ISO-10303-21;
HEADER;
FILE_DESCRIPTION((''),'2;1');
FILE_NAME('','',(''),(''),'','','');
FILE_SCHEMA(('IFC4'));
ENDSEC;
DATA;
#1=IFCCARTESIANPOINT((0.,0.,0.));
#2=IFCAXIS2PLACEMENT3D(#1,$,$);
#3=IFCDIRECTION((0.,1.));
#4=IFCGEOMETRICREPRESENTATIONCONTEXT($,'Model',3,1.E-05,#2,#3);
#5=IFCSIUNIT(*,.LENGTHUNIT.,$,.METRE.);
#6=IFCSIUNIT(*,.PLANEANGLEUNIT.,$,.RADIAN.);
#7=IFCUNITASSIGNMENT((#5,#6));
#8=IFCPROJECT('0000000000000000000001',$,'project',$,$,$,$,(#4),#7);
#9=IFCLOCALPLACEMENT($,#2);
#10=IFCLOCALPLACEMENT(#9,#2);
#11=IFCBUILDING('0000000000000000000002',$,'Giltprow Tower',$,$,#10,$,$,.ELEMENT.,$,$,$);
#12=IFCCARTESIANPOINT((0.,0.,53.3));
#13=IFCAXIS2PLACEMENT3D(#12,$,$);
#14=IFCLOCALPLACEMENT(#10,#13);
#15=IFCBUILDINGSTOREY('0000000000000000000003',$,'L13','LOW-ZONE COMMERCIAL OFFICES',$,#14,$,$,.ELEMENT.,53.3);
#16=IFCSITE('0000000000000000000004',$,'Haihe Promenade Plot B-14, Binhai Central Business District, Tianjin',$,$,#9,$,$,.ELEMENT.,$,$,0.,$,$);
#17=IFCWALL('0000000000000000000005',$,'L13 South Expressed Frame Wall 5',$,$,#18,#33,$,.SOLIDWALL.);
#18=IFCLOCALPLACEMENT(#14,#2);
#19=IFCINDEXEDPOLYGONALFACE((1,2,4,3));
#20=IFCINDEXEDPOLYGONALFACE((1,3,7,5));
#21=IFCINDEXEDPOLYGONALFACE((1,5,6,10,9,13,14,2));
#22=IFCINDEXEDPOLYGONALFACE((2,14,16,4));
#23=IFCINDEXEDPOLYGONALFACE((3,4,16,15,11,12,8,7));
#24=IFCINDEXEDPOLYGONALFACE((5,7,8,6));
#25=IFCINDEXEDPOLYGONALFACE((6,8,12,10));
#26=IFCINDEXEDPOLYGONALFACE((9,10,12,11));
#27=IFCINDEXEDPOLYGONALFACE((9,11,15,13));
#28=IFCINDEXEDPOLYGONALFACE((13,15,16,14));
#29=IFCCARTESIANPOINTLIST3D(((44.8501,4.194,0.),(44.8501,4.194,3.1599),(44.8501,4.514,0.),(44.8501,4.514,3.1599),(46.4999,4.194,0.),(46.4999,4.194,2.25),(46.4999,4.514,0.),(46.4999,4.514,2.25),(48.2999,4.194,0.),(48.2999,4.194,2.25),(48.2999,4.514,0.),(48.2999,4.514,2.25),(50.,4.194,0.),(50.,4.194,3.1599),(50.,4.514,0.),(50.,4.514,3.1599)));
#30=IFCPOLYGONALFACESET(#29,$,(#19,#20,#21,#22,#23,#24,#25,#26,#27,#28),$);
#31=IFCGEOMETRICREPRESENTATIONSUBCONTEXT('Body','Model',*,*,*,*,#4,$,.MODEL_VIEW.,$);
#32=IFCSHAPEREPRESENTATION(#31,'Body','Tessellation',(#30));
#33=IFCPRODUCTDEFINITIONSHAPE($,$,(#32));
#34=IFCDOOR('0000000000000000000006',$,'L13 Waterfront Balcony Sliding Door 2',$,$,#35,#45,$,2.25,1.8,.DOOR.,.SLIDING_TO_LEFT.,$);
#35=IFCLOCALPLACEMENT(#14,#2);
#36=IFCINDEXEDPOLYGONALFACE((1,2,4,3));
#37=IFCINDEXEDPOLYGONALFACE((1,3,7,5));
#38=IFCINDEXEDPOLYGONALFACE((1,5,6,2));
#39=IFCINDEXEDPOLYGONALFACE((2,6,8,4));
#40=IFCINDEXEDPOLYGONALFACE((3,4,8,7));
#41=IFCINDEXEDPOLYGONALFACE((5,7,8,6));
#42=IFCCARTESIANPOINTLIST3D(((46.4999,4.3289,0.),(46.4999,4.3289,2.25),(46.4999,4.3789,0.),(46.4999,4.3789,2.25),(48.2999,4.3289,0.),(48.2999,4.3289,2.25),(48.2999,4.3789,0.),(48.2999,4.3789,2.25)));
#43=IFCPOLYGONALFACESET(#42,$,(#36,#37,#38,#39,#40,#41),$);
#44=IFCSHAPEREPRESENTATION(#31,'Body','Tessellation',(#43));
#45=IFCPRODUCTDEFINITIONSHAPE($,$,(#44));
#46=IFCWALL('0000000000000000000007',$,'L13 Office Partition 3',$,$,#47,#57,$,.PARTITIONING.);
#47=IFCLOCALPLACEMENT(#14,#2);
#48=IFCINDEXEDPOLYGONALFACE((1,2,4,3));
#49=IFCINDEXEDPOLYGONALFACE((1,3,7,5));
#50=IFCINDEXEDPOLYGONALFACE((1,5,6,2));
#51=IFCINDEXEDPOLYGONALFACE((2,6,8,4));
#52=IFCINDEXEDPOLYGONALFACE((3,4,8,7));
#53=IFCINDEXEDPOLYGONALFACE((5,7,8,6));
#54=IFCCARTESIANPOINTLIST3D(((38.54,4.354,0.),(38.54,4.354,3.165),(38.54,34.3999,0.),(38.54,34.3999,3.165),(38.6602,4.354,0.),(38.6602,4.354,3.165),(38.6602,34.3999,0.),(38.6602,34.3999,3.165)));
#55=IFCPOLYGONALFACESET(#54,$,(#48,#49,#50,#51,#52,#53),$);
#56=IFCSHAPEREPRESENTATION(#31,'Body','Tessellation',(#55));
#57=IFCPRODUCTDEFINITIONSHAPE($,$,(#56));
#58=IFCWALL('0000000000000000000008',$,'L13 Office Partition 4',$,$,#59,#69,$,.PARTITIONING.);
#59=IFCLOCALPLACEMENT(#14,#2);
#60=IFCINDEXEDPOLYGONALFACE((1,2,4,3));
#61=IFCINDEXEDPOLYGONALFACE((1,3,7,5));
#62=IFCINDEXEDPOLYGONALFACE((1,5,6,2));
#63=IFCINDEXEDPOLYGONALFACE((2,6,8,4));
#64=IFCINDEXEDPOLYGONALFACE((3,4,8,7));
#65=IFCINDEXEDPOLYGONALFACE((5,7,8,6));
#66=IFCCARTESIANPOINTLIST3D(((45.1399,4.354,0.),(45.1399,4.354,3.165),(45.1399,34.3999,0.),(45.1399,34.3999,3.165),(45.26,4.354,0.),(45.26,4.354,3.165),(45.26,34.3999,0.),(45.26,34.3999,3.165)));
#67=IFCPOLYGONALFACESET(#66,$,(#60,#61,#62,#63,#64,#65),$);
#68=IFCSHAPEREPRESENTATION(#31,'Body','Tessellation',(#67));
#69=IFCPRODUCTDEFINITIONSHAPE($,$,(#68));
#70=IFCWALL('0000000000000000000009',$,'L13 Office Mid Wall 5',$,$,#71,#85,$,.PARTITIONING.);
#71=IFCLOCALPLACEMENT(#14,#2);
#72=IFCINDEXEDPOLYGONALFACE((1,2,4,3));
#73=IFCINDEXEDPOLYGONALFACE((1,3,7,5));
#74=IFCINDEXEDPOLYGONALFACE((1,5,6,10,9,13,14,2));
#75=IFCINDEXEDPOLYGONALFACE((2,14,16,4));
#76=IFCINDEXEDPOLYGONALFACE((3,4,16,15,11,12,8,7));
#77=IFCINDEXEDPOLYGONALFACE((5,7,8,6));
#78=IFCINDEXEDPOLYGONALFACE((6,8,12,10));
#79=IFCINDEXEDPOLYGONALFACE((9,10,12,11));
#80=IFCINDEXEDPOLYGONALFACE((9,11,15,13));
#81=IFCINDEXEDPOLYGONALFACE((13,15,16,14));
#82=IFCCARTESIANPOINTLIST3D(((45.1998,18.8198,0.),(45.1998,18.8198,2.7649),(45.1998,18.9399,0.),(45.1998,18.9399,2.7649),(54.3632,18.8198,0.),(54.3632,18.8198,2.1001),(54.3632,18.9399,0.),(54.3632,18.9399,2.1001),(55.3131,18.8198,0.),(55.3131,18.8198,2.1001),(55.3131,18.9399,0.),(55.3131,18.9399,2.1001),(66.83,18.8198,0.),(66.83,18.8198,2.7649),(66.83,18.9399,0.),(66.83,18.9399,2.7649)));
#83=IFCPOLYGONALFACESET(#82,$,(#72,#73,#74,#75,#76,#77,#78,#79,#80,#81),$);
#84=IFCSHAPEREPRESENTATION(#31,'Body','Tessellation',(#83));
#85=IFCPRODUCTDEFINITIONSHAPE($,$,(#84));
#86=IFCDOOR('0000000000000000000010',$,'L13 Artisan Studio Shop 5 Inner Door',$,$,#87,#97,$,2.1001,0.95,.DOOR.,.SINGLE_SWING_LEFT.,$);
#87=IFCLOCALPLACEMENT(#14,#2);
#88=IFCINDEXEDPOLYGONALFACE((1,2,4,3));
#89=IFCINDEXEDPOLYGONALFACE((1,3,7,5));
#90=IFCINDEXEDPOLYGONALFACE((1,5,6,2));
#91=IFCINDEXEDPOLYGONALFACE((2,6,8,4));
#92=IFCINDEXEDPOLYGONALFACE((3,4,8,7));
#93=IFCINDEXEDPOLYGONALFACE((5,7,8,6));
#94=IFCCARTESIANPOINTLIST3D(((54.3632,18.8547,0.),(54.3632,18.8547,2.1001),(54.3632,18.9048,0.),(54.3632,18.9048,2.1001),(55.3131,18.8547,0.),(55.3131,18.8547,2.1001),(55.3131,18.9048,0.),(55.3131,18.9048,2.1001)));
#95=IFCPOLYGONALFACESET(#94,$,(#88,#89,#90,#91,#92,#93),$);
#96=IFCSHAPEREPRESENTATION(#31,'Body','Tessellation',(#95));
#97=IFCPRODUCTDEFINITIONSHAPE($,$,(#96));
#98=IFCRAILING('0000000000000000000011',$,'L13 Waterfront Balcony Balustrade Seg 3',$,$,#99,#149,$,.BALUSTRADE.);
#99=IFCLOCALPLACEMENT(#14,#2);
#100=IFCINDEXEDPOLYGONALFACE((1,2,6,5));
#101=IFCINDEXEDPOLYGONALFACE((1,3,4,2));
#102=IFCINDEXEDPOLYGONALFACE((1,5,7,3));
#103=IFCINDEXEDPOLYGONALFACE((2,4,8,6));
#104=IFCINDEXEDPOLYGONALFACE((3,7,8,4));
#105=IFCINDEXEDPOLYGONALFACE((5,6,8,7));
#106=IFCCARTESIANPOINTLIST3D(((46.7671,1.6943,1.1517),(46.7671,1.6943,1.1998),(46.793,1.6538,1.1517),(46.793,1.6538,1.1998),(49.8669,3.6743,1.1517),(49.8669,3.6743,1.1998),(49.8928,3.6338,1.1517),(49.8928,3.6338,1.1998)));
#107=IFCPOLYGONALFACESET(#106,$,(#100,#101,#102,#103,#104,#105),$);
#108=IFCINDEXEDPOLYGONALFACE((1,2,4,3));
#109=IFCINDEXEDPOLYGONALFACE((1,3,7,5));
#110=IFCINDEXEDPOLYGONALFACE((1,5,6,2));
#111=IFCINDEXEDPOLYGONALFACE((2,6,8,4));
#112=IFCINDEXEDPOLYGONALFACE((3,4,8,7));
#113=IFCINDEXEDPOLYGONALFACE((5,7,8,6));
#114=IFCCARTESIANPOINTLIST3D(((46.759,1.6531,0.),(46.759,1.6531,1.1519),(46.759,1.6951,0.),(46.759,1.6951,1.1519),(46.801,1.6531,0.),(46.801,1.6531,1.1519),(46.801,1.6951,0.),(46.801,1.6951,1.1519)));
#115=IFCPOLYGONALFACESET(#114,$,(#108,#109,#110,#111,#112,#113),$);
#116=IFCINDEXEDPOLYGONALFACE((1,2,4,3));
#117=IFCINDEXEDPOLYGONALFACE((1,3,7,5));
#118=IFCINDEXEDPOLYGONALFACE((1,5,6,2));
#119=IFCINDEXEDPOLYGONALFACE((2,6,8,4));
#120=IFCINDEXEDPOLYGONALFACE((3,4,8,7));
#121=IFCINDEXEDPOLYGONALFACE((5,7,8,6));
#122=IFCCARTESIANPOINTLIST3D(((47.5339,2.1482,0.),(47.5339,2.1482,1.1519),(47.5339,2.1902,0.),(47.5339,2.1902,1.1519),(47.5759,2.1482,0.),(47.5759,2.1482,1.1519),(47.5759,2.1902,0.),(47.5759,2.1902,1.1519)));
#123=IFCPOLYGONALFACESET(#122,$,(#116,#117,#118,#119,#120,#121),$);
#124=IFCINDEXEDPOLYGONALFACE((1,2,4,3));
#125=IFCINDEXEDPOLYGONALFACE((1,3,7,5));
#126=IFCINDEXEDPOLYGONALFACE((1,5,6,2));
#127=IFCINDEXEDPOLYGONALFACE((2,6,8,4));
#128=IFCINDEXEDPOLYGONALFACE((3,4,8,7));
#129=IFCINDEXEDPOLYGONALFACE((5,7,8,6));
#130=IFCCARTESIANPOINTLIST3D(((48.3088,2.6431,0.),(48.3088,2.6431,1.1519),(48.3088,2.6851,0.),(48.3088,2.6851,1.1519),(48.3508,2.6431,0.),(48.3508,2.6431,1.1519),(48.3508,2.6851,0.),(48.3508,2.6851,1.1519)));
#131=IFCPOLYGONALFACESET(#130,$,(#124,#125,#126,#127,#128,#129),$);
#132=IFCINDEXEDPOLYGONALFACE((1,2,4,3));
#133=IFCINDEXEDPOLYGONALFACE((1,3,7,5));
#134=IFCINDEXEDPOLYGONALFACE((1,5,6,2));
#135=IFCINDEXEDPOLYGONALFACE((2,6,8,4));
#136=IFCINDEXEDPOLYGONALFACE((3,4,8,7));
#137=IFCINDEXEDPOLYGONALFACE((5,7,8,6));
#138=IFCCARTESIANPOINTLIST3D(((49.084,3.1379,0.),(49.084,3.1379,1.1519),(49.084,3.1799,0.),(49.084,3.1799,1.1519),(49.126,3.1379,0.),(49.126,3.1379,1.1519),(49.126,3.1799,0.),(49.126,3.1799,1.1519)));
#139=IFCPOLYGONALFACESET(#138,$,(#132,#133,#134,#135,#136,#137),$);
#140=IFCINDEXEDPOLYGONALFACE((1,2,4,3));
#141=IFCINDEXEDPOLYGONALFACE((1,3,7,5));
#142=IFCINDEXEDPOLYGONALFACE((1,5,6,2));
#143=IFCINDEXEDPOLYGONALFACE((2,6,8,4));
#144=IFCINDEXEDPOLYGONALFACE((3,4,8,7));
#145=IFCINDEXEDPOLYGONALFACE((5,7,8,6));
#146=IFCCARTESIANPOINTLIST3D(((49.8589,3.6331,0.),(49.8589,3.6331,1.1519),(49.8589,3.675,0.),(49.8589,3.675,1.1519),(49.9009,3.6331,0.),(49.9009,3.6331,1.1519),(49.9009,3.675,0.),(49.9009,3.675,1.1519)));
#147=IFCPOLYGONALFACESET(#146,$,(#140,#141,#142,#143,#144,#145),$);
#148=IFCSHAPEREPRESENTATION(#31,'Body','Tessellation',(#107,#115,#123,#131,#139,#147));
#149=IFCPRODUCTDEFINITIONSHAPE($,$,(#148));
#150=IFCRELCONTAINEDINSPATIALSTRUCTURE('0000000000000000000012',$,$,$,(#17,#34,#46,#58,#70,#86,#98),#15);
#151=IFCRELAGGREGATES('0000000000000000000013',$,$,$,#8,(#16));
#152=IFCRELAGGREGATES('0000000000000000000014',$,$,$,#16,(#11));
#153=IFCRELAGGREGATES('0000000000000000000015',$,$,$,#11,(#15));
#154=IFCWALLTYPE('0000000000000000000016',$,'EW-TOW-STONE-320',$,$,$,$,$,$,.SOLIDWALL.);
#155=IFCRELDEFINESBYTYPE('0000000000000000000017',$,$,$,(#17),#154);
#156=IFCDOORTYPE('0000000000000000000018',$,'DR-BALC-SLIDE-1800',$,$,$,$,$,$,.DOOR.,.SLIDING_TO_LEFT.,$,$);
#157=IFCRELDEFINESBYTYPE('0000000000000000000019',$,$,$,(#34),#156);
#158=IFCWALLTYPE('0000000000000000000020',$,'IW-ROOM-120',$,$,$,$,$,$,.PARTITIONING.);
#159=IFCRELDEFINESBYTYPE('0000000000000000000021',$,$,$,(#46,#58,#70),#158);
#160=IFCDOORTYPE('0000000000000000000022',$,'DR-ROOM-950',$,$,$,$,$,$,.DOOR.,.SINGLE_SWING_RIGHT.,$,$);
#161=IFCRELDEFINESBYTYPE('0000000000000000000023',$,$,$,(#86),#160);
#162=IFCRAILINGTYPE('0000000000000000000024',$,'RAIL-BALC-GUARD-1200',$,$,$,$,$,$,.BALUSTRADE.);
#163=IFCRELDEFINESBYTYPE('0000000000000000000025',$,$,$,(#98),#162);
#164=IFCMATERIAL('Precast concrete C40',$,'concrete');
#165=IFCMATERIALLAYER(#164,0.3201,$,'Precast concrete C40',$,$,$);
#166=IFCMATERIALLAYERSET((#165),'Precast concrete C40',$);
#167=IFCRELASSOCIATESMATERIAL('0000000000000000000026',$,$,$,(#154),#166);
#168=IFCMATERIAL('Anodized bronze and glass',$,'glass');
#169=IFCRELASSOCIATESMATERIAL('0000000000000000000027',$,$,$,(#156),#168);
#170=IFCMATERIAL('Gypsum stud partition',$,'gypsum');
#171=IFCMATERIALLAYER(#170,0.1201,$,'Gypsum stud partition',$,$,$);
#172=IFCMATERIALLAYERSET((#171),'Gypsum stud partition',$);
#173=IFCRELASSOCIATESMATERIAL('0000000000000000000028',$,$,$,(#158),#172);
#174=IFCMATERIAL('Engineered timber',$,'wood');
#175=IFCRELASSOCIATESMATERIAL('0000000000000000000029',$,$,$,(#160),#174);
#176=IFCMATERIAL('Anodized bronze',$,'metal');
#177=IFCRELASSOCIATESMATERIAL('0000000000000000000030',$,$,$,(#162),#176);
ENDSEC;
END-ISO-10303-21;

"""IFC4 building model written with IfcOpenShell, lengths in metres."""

from ifc_helpers import new_model, si_unit, direction, frame, frame_2d, origin, origin_2d, place, context, subcontext, project, spatial, rectangle, extrude, source, transform, mapped, material, layer, layer_set, type_object, element, fill, save


model = new_model("IFC4")

# Units and contexts
model_context = context("Model", 3, precision=1e-05, world=origin(), true_north=direction((0.0, 1.0)))
body_context = subcontext(model_context, "Body", "Model", "MODEL_VIEW")
ifc_project = project(units=[si_unit("LENGTHUNIT", "METRE"), si_unit("PLANEANGLEUNIT", "RADIAN")], contexts=[model_context])

# Site, building, storey
site_placement = place(None, origin())
site = spatial("IfcSite", under=ifc_project, at=site_placement, Name="Haihe Promenade Plot B-14, Binhai Central Business District, Tianjin", CompositionType="ELEMENT", RefElevation=0.0)
building_placement = place(site_placement, origin())
building = spatial("IfcBuilding", under=site, at=building_placement, Name="Giltprow Tower", CompositionType="ELEMENT")
storey_placement = place(building_placement, frame((0.0, 0.0, 53.3)))
storey = spatial("IfcBuildingStorey", under=building, at=storey_placement, Name="L13", Description="LOW-ZONE COMMERCIAL OFFICES", CompositionType="ELEMENT", Elevation=53.3)

# Shared definitions
ifc_material_1 = material(Name="Anodized bronze", Category="metal")

# Shared definitions
ifc_material_2 = material(Name="Precast concrete C40", Category="concrete")
ifc_layer_1 = layer(ifc_material_2, 0.3201, Name="Precast concrete C40")
ifc_layer_set_1 = layer_set([ifc_layer_1], Name="Precast concrete C40")
wall_type_1 = type_object("IfcWallType", Name="EW-TOW-STONE-320", PredefinedType="SOLIDWALL", material=ifc_layer_set_1)

# Wall, opening, door
wall_1_placement = place(storey_placement, frame((44.8501, 4.354, 0.0), z_axis=(0.0, 0.0, 1.0), x_axis=(1.0, 0.0, 0.0)))
wall_1 = element("IfcWall", 1, at=wall_1_placement, inside=storey, type_object=wall_type_1, Name="L13 South Expressed Frame Wall 5", PredefinedType="SOLIDWALL", context=body_context, shape_type="SweptSolid", body=[
    extrude(rectangle(XDim=5.1499, YDim=0.3201, at=frame_2d((2.575, 0.0))), origin(), (0.0, 0.0, 1.0), 3.1599),
])
opening_1_placement = place(wall_1_placement, frame((1.6499, 0.0, 0.0)))
opening_1 = element("IfcOpeningElement", 2, at=opening_1_placement, cuts=wall_1, PredefinedType="OPENING", context=body_context, shape_type="SweptSolid", body=[
    extrude(rectangle(XDim=1.8, YDim=2.25, at=frame_2d((0.8999, 1.125))), frame((0.0, 0.1699, 0.0), z_axis=(0.0, -1.0, 0.0), x_axis=(1.0, 0.0, 0.0)), (0.0, 0.0, 1.0), 0.3401),
])
ifc_material_3 = material(Name="Anodized bronze and glass", Category="glass")
door_type_1 = type_object("IfcDoorType", Name="DR-BALC-SLIDE-1800", OperationType="SLIDING_TO_LEFT", PredefinedType="DOOR", material=ifc_material_3)
shared_shape_1 = source(origin(), body_context, "Body", "SweptSolid", [
    extrude(rectangle(XDim=1.8, YDim=2.25, at=frame_2d((0.8999, 1.125))), frame((0.0, 0.0249, 0.0), z_axis=(0.0, -1.0, 0.0), x_axis=(1.0, 0.0, 0.0)), (0.0, 0.0, 1.0), 0.05),
])
door_1_placement = place(opening_1_placement, origin())
door_1 = element("IfcDoor", 3, at=door_1_placement, inside=storey, type_object=door_type_1, Name="L13 Waterfront Balcony Sliding Door 2", OperationType="SLIDING_TO_LEFT", OverallHeight=2.25, OverallWidth=1.8, PredefinedType="DOOR", context=body_context, shape_type="MappedRepresentation", body=[
    mapped(shared_shape_1, transform((0.0, 0.0, 0.0), x_axis=(1.0, 0.0, 0.0), y_axis=(0.0, 1.0, 0.0), z_axis=(0.0, 0.0, 1.0), scale=1.0)),
])
fill(opening_1, door_1)

# Walls
ifc_material_4 = material(Name="Gypsum stud partition", Category="gypsum")
ifc_layer_2 = layer(ifc_material_4, 0.1201, Name="Gypsum stud partition")
ifc_layer_set_2 = layer_set([ifc_layer_2], Name="Gypsum stud partition")
wall_type_2 = type_object("IfcWallType", Name="IW-ROOM-120", PredefinedType="PARTITIONING", material=ifc_layer_set_2)
for number, where, z_axis, x_axis, name in (
    (4, (38.6001, 4.354, 0.0), (0.0, 0.0, 1.0), (0.0, 1.0, 0.0), "L13 Office Partition 3"),
    (5, (45.2, 4.354, 0.0), (0.0, 0.0, 1.0), (0.0, 1.0, 0.0), "L13 Office Partition 4"),
):
    element("IfcWall", number, at=place(storey_placement, frame(where, z_axis=z_axis, x_axis=x_axis)), inside=storey, type_object=wall_type_2, Name=name, PredefinedType="PARTITIONING", context=body_context, shape_type="SweptSolid", body=[
        extrude(rectangle(XDim=30.0459, YDim=0.1201, at=frame_2d((15.0229, 0.0))), origin(), (0.0, 0.0, 1.0), 3.165),
    ])

# Wall, opening, door
wall_2_placement = place(storey_placement, frame((45.2, 18.8799, 0.0), z_axis=(0.0, 0.0, 1.0), x_axis=(1.0, 0.0, 0.0)))
wall_2 = element("IfcWall", 6, at=wall_2_placement, inside=storey, type_object=wall_type_2, Name="L13 Office Mid Wall 5", PredefinedType="PARTITIONING", context=body_context, shape_type="SweptSolid", body=[
    extrude(rectangle(XDim=21.6301, YDim=0.1201, at=frame_2d((10.8149, 0.0))), origin(), (0.0, 0.0, 1.0), 2.7649),
])
opening_2_placement = place(wall_2_placement, frame((9.1631, 0.0, 0.0)))
opening_2 = element("IfcOpeningElement", 7, at=opening_2_placement, cuts=wall_2, PredefinedType="OPENING", context=body_context, shape_type="SweptSolid", body=[
    extrude(rectangle(XDim=0.95, YDim=2.1001, at=frame_2d((0.4751, 1.05))), frame((0.0, 0.0701, 0.0), z_axis=(0.0, -1.0, 0.0), x_axis=(1.0, 0.0, 0.0)), (0.0, 0.0, 1.0), 0.1401),
])
ifc_material_5 = material(Name="Engineered timber", Category="wood")
door_type_2 = type_object("IfcDoorType", Name="DR-ROOM-950", OperationType="SINGLE_SWING_RIGHT", PredefinedType="DOOR", material=ifc_material_5)
shared_shape_2 = source(origin(), body_context, "Body", "SweptSolid", [
    extrude(rectangle(XDim=0.95, YDim=2.1001, at=frame_2d((0.4751, 1.05))), frame((0.0, 0.0249, 0.0), z_axis=(0.0, -1.0, 0.0), x_axis=(1.0, 0.0, 0.0)), (0.0, 0.0, 1.0), 0.05),
])
door_2_placement = place(opening_2_placement, origin())
door_2 = element("IfcDoor", 8, at=door_2_placement, inside=storey, type_object=door_type_2, Name="L13 Artisan Studio Shop 5 Inner Door", OperationType="SINGLE_SWING_LEFT", OverallHeight=2.1001, OverallWidth=0.95, PredefinedType="DOOR", context=body_context, shape_type="MappedRepresentation", body=[
    mapped(shared_shape_2, transform((0.0, 0.0, 0.0), x_axis=(1.0, 0.0, 0.0), y_axis=(0.0, 1.0, 0.0), z_axis=(0.0, 0.0, 1.0), scale=1.0)),
])
fill(opening_2, door_2)

# Railing
railing_type = type_object("IfcRailingType", Name="RAIL-BALC-GUARD-1200", PredefinedType="BALUSTRADE", material=ifc_material_1)
railing_1_placement = place(storey_placement, frame((46.78, 1.6741, 0.0)))
element("IfcRailing", 9, at=railing_1_placement, inside=storey, type_object=railing_type, Name="L13 Waterfront Balcony Balustrade Seg 3", PredefinedType="BALUSTRADE", context=body_context, shape_type="SweptSolid", body=[
    extrude(rectangle(XDim=0.0481, YDim=0.0481, at=origin_2d()), frame((0.0, 0.0, 1.1758), z_axis=(0.842756, 0.538296, 0.0), x_axis=(-0.538296, 0.842756, 0.0)), (0.0, 0.0, 1.0), 3.6782),
    extrude(rectangle(XDim=0.042, YDim=0.042, at=origin_2d()), origin(), (0.0, 0.0, 1.0), 1.1519),
    extrude(rectangle(XDim=0.042, YDim=0.042, at=origin_2d()), frame((0.7749, 0.4951, 0.0)), (0.0, 0.0, 1.0), 1.1519),
    extrude(rectangle(XDim=0.042, YDim=0.042, at=origin_2d()), frame((1.5498, 0.99, 0.0)), (0.0, 0.0, 1.0), 1.1519),
    extrude(rectangle(XDim=0.042, YDim=0.042, at=origin_2d()), frame((2.325, 1.4849, 0.0)), (0.0, 0.0, 1.0), 1.1519),
    extrude(rectangle(XDim=0.042, YDim=0.042, at=origin_2d()), frame((3.0999, 1.98, 0.0)), (0.0, 0.0, 1.0), 1.1519),
])

save(model, "model.ifc")
